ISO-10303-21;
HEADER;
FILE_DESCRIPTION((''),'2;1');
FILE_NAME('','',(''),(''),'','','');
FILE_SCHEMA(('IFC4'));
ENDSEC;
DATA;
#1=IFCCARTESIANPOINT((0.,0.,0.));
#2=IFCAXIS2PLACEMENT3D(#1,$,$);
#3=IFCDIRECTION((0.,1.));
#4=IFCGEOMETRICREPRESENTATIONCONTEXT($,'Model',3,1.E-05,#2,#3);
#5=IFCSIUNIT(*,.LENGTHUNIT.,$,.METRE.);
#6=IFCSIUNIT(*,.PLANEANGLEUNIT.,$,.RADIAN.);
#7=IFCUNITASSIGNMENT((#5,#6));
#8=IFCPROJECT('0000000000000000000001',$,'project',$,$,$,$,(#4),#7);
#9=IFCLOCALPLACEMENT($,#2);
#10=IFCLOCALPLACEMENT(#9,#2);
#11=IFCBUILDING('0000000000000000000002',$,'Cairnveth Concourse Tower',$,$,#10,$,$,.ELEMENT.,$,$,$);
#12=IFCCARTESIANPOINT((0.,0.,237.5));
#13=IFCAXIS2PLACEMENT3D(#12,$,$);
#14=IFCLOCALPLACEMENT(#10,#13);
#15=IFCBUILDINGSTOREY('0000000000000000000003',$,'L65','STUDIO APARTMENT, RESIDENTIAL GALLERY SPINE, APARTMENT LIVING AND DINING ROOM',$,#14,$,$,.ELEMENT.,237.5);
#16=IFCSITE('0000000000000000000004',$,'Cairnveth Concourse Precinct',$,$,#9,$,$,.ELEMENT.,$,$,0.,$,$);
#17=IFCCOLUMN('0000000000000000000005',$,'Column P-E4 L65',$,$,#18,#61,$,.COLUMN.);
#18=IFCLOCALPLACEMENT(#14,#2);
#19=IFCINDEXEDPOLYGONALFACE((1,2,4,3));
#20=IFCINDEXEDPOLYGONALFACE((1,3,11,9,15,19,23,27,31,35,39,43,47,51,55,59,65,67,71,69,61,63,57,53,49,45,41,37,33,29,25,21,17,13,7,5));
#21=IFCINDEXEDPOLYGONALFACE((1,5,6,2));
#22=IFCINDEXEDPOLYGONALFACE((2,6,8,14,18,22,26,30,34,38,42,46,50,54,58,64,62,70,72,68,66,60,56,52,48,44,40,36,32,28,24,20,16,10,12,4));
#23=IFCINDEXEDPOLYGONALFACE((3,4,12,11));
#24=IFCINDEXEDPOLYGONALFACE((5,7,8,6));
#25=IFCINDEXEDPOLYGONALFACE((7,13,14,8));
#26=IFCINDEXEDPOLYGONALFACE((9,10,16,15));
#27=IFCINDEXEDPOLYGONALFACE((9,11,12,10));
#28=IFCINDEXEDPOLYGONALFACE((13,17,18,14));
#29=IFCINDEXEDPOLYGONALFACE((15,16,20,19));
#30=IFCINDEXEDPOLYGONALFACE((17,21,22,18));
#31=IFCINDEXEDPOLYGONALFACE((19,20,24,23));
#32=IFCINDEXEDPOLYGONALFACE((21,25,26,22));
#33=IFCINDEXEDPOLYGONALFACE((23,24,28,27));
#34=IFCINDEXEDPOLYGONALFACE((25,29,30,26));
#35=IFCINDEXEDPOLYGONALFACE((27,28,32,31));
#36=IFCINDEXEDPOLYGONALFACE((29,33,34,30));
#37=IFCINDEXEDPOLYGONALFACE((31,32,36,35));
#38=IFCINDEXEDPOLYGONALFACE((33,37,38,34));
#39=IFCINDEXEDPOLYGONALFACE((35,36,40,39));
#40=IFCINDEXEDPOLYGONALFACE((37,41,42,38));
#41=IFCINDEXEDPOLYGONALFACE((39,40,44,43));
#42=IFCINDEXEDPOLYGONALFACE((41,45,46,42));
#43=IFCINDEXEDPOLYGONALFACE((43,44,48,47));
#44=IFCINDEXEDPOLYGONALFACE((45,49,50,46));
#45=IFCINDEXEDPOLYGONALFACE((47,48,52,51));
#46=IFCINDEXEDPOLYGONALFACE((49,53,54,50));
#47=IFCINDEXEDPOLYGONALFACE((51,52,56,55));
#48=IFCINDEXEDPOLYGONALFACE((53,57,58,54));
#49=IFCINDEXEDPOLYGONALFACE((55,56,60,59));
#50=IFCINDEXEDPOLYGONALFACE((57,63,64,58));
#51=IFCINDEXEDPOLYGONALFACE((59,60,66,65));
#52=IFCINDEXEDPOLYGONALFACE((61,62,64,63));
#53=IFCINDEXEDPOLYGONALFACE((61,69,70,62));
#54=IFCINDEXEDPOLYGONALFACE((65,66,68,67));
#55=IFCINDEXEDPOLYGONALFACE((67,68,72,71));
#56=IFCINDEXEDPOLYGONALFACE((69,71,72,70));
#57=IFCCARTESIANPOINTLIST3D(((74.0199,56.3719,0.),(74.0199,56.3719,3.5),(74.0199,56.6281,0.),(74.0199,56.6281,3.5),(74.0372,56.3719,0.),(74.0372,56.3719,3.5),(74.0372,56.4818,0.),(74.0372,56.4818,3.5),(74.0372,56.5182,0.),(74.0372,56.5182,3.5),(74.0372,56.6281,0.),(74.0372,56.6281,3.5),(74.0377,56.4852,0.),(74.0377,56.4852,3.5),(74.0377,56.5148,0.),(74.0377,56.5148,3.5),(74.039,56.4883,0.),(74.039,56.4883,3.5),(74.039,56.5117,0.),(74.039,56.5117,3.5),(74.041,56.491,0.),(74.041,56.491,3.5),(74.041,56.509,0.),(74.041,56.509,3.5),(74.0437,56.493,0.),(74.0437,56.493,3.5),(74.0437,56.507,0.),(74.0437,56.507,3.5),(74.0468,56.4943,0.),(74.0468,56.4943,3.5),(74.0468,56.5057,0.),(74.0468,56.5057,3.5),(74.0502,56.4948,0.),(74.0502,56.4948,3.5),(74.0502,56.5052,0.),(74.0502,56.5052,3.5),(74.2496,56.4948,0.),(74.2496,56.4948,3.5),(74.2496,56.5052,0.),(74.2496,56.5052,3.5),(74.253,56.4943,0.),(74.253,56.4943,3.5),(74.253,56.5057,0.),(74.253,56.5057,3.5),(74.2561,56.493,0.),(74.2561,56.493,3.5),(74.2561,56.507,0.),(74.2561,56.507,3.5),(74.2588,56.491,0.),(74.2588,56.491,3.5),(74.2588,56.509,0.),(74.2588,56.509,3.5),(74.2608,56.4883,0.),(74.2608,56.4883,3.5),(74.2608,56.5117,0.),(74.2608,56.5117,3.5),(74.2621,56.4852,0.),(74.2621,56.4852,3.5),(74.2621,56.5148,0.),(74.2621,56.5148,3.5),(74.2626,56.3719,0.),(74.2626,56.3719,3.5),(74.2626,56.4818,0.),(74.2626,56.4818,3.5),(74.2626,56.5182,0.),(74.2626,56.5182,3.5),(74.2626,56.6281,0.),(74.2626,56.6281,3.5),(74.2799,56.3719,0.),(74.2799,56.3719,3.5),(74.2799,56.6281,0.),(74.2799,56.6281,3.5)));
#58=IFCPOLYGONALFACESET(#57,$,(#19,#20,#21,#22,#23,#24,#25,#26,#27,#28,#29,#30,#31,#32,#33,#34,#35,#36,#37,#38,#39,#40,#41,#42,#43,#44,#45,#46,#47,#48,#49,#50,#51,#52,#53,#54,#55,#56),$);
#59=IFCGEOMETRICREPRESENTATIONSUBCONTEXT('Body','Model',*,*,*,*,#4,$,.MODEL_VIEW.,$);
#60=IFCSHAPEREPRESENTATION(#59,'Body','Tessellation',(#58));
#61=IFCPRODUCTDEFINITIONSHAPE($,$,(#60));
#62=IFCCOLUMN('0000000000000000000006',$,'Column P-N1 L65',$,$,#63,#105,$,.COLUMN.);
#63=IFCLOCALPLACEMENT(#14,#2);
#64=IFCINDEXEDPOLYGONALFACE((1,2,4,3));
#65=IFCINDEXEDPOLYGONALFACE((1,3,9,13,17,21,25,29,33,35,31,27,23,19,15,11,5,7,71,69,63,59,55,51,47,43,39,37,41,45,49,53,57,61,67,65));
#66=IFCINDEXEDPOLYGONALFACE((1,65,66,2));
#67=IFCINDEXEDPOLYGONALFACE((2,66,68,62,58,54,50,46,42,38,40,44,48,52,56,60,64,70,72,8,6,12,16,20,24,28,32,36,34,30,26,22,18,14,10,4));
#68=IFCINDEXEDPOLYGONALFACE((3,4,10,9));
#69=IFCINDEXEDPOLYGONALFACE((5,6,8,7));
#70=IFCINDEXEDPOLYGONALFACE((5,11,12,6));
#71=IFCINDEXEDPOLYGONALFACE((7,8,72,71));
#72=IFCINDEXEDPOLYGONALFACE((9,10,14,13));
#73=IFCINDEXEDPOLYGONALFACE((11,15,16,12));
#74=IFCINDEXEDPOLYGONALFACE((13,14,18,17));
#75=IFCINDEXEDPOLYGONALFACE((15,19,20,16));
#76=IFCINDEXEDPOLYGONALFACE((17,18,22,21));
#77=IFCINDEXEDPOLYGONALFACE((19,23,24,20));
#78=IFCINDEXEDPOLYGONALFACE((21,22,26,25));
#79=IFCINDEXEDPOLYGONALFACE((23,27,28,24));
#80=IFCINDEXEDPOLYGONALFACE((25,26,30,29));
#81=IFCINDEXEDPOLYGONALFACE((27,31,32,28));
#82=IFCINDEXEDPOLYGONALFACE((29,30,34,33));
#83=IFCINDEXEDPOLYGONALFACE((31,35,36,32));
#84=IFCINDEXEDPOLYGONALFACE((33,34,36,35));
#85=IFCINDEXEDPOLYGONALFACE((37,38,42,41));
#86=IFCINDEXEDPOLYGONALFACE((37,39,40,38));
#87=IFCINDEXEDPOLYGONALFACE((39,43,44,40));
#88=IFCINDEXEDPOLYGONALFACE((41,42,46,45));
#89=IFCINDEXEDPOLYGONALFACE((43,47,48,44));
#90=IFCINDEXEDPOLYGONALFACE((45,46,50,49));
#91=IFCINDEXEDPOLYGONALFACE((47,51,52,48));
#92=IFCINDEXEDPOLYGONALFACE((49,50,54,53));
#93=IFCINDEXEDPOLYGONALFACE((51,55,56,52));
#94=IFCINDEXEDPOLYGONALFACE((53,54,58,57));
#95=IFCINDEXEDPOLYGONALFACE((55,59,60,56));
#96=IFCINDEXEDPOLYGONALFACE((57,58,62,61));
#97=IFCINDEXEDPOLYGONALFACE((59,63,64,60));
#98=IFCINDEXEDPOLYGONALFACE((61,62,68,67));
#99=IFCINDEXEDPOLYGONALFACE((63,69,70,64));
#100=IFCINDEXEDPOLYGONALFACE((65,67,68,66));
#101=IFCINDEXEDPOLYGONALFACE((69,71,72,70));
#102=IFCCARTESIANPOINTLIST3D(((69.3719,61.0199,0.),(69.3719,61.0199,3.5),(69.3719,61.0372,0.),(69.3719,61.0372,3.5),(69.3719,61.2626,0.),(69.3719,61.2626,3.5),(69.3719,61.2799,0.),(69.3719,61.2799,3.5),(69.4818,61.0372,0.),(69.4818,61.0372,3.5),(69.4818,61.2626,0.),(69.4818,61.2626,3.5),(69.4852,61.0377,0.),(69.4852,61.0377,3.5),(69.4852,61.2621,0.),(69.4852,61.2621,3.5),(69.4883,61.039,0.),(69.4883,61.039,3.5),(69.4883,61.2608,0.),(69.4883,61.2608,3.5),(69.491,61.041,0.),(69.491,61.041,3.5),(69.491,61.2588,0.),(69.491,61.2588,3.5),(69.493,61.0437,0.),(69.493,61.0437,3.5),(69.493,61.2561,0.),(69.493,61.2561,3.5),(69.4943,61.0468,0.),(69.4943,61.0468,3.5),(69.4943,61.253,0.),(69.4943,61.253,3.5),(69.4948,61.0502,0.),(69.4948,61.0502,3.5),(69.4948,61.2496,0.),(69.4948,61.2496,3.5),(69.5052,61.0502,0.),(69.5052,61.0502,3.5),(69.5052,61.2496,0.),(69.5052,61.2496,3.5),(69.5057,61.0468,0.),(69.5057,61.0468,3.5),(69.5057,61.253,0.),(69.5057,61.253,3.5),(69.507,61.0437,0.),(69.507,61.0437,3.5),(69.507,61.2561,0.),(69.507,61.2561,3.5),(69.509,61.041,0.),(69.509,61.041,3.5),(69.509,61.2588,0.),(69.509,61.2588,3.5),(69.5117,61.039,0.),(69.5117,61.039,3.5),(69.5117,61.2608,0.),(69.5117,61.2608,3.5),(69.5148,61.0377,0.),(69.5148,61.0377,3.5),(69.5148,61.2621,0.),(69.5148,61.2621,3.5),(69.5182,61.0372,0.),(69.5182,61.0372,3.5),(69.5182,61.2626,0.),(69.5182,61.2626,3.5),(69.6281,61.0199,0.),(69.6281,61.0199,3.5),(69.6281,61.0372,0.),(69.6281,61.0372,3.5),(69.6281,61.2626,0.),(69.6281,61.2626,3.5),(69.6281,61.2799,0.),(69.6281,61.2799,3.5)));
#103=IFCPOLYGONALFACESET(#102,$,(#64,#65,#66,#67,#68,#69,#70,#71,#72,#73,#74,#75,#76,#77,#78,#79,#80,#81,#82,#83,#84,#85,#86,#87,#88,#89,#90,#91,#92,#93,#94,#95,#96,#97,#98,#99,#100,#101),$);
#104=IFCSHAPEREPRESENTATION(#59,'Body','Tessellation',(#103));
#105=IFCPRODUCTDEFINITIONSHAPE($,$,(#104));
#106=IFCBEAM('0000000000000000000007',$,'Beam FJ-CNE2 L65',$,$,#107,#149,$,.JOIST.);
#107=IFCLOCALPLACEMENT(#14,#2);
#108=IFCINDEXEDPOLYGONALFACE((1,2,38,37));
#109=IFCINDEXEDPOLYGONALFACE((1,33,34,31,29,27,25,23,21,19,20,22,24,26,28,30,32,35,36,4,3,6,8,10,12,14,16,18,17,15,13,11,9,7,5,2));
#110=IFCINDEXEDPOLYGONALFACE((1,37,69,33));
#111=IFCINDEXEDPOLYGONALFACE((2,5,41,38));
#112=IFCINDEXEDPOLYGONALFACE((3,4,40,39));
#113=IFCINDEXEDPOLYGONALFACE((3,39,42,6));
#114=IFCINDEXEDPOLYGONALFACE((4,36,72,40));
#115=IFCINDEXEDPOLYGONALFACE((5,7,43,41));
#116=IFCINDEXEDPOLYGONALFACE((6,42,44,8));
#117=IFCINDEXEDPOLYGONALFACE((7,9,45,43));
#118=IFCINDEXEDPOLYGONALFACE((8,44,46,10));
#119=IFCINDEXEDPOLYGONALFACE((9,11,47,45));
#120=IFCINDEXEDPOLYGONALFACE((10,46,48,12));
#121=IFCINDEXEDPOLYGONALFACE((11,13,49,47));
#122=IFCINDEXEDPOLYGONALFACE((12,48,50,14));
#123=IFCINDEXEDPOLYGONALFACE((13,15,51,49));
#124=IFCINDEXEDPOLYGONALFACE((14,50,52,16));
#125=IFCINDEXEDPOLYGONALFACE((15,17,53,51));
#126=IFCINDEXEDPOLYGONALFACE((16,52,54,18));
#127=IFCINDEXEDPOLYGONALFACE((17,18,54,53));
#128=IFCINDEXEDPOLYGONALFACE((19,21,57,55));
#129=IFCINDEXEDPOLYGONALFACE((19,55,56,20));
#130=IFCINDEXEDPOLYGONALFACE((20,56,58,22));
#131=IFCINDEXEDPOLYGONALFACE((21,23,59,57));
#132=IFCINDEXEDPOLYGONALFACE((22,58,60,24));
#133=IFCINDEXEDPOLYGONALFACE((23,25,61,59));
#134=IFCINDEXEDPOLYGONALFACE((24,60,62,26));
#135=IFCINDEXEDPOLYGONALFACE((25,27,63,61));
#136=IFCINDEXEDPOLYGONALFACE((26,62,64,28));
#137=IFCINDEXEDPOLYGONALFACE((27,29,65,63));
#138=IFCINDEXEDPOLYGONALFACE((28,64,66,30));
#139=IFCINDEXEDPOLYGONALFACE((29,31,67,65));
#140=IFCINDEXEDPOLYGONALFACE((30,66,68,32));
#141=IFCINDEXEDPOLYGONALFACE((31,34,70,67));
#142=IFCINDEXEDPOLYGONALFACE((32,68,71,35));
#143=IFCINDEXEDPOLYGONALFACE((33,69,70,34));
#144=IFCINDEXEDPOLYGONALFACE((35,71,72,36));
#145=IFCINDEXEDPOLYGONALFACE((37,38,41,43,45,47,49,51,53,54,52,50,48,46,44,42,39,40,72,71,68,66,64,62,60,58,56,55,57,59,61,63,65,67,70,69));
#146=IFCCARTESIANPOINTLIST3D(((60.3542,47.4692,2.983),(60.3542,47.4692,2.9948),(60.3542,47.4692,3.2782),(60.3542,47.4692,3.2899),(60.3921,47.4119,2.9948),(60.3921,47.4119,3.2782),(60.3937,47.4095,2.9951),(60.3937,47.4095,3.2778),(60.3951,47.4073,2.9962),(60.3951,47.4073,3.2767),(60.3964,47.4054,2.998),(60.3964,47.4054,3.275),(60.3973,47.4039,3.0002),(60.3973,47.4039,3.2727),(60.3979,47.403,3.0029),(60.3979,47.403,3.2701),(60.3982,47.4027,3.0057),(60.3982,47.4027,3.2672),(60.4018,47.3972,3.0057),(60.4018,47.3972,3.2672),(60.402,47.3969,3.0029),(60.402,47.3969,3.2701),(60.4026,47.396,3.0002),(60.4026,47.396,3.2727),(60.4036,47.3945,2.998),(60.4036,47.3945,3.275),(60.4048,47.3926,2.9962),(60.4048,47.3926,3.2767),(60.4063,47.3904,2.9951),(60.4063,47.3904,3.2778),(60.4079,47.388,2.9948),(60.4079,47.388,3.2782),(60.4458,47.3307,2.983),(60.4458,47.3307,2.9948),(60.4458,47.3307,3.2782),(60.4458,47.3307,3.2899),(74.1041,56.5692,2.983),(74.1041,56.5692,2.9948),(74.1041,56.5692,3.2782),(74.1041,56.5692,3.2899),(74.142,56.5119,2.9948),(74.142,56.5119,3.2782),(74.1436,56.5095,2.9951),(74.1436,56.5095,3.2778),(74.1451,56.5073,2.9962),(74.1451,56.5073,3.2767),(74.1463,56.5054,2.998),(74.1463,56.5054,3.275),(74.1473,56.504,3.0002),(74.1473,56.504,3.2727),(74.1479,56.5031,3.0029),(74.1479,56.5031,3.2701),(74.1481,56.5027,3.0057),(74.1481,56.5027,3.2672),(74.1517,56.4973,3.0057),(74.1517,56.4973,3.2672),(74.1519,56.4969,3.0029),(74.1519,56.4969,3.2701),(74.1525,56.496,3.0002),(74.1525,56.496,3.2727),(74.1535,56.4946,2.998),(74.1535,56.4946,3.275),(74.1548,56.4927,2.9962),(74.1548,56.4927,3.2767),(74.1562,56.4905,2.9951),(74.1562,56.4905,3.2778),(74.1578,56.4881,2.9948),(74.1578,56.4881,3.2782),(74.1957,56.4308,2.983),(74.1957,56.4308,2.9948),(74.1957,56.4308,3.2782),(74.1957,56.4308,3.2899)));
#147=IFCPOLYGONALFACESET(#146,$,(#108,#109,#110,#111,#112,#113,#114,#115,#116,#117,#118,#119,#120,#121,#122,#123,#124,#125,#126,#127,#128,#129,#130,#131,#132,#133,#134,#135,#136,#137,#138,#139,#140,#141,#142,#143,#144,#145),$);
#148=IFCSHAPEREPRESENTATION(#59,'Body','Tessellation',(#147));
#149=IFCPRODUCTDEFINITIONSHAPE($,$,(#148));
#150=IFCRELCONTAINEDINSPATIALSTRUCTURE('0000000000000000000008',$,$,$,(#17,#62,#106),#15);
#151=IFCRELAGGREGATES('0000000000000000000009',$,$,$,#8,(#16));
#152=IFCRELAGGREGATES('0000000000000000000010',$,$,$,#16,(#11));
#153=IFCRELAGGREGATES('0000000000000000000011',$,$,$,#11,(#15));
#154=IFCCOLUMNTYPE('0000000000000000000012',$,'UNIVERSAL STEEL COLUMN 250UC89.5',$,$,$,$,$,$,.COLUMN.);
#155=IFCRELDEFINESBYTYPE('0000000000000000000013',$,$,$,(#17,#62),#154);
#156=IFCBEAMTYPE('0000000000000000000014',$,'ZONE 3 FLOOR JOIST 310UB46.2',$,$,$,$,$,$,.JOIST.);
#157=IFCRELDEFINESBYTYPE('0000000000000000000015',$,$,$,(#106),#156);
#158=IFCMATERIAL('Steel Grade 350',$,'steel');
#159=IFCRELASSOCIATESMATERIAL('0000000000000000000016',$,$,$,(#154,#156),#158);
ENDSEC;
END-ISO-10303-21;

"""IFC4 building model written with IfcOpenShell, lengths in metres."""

from ifc_helpers import new_model, si_unit, direction, frame, origin, origin_2d, place, context, subcontext, project, spatial, i_section, extrude, material, material_profile, profile_set, type_object, element, save


model = new_model("IFC4")

# Units and contexts
model_context = context("Model", 3, precision=1e-05, world=origin(), true_north=direction((0.0, 1.0)))
body_context = subcontext(model_context, "Body", "Model", "MODEL_VIEW")
ifc_project = project(units=[si_unit("LENGTHUNIT", "METRE"), si_unit("PLANEANGLEUNIT", "RADIAN")], contexts=[model_context])

# Site, building, storey
site_placement = place(None, origin())
site = spatial("IfcSite", under=ifc_project, at=site_placement, Name="Cairnveth Concourse Precinct", CompositionType="ELEMENT", RefElevation=0.0)
building_placement = place(site_placement, origin())
building = spatial("IfcBuilding", under=site, at=building_placement, Name="Cairnveth Concourse Tower", CompositionType="ELEMENT")
storey_placement = place(building_placement, frame((0.0, 0.0, 237.5)))
storey = spatial("IfcBuildingStorey", under=building, at=storey_placement, Name="L65", Description="STUDIO APARTMENT, RESIDENTIAL GALLERY SPINE, APARTMENT LIVING AND DINING ROOM", CompositionType="ELEMENT", Elevation=237.5)

# Columns
ifc_material_1 = material(Name="Steel Grade 350", Category="steel")
ifc_material_profile_1 = material_profile(ifc_material_1, i_section(OverallWidth=0.2561, OverallDepth=0.26, WebThickness=0.0105, FlangeThickness=0.0173, FilletRadius=0.0129, at=origin_2d()), Name="250UC89.5")
ifc_profile_set_1 = profile_set([ifc_material_profile_1], Name="Steel Grade 350")
column_type = type_object("IfcColumnType", Name="UNIVERSAL STEEL COLUMN 250UC89.5", PredefinedType="COLUMN", material=ifc_profile_set_1)
for number, where, z_axis, x_axis, name in (
    (1, (74.1499, 56.5, 0.0), (0.0, 0.0, 1.0), (0.0, 1.0, 0.0), "Column P-E4 L65"),
    (2, (69.5, 61.1499, 0.0), (0.0, 0.0, 1.0), (1.0, 0.0, 0.0), "Column P-N1 L65"),
):
    element("IfcColumn", number, at=place(storey_placement, frame(where, z_axis=z_axis, x_axis=x_axis)), inside=storey, type_object=column_type, Name=name, PredefinedType="COLUMN", context=body_context, shape_type="SweptSolid", body=[
        extrude(i_section(OverallWidth=0.2561, OverallDepth=0.26, WebThickness=0.0105, FlangeThickness=0.0173, FilletRadius=0.0129, at=origin_2d()), origin(), (0.0, 0.0, 1.0), 3.5),
    ])

# Beam
ifc_material_profile_2 = material_profile(ifc_material_1, i_section(OverallWidth=0.166, OverallDepth=0.3069, WebThickness=0.0066, FlangeThickness=0.0117, FilletRadius=0.011, at=origin_2d()), Name="310UB46.2")
ifc_profile_set_2 = profile_set([ifc_material_profile_2], Name="Steel Grade 350")
beam_type_1 = type_object("IfcBeamType", Name="ZONE 3 FLOOR JOIST 310UB46.2", PredefinedType="JOIST", material=ifc_profile_set_2)
beam_1_placement = place(storey_placement, frame((74.1499, 56.5, 3.1365), z_axis=(-0.833909, -0.551902, 0.0), x_axis=(0.551902, -0.833909, 0.0)))
element("IfcBeam", 3, at=beam_1_placement, inside=storey, type_object=beam_type_1, Name="Beam FJ-CNE2 L65", PredefinedType="JOIST", context=body_context, shape_type="SweptSolid", body=[
    extrude(i_section(OverallWidth=0.166, OverallDepth=0.3069, WebThickness=0.0066, FlangeThickness=0.0117, FilletRadius=0.011, at=origin_2d()), origin(), (0.0, 0.0, 1.0), 16.4885),
])

save(model, "model.ifc")
